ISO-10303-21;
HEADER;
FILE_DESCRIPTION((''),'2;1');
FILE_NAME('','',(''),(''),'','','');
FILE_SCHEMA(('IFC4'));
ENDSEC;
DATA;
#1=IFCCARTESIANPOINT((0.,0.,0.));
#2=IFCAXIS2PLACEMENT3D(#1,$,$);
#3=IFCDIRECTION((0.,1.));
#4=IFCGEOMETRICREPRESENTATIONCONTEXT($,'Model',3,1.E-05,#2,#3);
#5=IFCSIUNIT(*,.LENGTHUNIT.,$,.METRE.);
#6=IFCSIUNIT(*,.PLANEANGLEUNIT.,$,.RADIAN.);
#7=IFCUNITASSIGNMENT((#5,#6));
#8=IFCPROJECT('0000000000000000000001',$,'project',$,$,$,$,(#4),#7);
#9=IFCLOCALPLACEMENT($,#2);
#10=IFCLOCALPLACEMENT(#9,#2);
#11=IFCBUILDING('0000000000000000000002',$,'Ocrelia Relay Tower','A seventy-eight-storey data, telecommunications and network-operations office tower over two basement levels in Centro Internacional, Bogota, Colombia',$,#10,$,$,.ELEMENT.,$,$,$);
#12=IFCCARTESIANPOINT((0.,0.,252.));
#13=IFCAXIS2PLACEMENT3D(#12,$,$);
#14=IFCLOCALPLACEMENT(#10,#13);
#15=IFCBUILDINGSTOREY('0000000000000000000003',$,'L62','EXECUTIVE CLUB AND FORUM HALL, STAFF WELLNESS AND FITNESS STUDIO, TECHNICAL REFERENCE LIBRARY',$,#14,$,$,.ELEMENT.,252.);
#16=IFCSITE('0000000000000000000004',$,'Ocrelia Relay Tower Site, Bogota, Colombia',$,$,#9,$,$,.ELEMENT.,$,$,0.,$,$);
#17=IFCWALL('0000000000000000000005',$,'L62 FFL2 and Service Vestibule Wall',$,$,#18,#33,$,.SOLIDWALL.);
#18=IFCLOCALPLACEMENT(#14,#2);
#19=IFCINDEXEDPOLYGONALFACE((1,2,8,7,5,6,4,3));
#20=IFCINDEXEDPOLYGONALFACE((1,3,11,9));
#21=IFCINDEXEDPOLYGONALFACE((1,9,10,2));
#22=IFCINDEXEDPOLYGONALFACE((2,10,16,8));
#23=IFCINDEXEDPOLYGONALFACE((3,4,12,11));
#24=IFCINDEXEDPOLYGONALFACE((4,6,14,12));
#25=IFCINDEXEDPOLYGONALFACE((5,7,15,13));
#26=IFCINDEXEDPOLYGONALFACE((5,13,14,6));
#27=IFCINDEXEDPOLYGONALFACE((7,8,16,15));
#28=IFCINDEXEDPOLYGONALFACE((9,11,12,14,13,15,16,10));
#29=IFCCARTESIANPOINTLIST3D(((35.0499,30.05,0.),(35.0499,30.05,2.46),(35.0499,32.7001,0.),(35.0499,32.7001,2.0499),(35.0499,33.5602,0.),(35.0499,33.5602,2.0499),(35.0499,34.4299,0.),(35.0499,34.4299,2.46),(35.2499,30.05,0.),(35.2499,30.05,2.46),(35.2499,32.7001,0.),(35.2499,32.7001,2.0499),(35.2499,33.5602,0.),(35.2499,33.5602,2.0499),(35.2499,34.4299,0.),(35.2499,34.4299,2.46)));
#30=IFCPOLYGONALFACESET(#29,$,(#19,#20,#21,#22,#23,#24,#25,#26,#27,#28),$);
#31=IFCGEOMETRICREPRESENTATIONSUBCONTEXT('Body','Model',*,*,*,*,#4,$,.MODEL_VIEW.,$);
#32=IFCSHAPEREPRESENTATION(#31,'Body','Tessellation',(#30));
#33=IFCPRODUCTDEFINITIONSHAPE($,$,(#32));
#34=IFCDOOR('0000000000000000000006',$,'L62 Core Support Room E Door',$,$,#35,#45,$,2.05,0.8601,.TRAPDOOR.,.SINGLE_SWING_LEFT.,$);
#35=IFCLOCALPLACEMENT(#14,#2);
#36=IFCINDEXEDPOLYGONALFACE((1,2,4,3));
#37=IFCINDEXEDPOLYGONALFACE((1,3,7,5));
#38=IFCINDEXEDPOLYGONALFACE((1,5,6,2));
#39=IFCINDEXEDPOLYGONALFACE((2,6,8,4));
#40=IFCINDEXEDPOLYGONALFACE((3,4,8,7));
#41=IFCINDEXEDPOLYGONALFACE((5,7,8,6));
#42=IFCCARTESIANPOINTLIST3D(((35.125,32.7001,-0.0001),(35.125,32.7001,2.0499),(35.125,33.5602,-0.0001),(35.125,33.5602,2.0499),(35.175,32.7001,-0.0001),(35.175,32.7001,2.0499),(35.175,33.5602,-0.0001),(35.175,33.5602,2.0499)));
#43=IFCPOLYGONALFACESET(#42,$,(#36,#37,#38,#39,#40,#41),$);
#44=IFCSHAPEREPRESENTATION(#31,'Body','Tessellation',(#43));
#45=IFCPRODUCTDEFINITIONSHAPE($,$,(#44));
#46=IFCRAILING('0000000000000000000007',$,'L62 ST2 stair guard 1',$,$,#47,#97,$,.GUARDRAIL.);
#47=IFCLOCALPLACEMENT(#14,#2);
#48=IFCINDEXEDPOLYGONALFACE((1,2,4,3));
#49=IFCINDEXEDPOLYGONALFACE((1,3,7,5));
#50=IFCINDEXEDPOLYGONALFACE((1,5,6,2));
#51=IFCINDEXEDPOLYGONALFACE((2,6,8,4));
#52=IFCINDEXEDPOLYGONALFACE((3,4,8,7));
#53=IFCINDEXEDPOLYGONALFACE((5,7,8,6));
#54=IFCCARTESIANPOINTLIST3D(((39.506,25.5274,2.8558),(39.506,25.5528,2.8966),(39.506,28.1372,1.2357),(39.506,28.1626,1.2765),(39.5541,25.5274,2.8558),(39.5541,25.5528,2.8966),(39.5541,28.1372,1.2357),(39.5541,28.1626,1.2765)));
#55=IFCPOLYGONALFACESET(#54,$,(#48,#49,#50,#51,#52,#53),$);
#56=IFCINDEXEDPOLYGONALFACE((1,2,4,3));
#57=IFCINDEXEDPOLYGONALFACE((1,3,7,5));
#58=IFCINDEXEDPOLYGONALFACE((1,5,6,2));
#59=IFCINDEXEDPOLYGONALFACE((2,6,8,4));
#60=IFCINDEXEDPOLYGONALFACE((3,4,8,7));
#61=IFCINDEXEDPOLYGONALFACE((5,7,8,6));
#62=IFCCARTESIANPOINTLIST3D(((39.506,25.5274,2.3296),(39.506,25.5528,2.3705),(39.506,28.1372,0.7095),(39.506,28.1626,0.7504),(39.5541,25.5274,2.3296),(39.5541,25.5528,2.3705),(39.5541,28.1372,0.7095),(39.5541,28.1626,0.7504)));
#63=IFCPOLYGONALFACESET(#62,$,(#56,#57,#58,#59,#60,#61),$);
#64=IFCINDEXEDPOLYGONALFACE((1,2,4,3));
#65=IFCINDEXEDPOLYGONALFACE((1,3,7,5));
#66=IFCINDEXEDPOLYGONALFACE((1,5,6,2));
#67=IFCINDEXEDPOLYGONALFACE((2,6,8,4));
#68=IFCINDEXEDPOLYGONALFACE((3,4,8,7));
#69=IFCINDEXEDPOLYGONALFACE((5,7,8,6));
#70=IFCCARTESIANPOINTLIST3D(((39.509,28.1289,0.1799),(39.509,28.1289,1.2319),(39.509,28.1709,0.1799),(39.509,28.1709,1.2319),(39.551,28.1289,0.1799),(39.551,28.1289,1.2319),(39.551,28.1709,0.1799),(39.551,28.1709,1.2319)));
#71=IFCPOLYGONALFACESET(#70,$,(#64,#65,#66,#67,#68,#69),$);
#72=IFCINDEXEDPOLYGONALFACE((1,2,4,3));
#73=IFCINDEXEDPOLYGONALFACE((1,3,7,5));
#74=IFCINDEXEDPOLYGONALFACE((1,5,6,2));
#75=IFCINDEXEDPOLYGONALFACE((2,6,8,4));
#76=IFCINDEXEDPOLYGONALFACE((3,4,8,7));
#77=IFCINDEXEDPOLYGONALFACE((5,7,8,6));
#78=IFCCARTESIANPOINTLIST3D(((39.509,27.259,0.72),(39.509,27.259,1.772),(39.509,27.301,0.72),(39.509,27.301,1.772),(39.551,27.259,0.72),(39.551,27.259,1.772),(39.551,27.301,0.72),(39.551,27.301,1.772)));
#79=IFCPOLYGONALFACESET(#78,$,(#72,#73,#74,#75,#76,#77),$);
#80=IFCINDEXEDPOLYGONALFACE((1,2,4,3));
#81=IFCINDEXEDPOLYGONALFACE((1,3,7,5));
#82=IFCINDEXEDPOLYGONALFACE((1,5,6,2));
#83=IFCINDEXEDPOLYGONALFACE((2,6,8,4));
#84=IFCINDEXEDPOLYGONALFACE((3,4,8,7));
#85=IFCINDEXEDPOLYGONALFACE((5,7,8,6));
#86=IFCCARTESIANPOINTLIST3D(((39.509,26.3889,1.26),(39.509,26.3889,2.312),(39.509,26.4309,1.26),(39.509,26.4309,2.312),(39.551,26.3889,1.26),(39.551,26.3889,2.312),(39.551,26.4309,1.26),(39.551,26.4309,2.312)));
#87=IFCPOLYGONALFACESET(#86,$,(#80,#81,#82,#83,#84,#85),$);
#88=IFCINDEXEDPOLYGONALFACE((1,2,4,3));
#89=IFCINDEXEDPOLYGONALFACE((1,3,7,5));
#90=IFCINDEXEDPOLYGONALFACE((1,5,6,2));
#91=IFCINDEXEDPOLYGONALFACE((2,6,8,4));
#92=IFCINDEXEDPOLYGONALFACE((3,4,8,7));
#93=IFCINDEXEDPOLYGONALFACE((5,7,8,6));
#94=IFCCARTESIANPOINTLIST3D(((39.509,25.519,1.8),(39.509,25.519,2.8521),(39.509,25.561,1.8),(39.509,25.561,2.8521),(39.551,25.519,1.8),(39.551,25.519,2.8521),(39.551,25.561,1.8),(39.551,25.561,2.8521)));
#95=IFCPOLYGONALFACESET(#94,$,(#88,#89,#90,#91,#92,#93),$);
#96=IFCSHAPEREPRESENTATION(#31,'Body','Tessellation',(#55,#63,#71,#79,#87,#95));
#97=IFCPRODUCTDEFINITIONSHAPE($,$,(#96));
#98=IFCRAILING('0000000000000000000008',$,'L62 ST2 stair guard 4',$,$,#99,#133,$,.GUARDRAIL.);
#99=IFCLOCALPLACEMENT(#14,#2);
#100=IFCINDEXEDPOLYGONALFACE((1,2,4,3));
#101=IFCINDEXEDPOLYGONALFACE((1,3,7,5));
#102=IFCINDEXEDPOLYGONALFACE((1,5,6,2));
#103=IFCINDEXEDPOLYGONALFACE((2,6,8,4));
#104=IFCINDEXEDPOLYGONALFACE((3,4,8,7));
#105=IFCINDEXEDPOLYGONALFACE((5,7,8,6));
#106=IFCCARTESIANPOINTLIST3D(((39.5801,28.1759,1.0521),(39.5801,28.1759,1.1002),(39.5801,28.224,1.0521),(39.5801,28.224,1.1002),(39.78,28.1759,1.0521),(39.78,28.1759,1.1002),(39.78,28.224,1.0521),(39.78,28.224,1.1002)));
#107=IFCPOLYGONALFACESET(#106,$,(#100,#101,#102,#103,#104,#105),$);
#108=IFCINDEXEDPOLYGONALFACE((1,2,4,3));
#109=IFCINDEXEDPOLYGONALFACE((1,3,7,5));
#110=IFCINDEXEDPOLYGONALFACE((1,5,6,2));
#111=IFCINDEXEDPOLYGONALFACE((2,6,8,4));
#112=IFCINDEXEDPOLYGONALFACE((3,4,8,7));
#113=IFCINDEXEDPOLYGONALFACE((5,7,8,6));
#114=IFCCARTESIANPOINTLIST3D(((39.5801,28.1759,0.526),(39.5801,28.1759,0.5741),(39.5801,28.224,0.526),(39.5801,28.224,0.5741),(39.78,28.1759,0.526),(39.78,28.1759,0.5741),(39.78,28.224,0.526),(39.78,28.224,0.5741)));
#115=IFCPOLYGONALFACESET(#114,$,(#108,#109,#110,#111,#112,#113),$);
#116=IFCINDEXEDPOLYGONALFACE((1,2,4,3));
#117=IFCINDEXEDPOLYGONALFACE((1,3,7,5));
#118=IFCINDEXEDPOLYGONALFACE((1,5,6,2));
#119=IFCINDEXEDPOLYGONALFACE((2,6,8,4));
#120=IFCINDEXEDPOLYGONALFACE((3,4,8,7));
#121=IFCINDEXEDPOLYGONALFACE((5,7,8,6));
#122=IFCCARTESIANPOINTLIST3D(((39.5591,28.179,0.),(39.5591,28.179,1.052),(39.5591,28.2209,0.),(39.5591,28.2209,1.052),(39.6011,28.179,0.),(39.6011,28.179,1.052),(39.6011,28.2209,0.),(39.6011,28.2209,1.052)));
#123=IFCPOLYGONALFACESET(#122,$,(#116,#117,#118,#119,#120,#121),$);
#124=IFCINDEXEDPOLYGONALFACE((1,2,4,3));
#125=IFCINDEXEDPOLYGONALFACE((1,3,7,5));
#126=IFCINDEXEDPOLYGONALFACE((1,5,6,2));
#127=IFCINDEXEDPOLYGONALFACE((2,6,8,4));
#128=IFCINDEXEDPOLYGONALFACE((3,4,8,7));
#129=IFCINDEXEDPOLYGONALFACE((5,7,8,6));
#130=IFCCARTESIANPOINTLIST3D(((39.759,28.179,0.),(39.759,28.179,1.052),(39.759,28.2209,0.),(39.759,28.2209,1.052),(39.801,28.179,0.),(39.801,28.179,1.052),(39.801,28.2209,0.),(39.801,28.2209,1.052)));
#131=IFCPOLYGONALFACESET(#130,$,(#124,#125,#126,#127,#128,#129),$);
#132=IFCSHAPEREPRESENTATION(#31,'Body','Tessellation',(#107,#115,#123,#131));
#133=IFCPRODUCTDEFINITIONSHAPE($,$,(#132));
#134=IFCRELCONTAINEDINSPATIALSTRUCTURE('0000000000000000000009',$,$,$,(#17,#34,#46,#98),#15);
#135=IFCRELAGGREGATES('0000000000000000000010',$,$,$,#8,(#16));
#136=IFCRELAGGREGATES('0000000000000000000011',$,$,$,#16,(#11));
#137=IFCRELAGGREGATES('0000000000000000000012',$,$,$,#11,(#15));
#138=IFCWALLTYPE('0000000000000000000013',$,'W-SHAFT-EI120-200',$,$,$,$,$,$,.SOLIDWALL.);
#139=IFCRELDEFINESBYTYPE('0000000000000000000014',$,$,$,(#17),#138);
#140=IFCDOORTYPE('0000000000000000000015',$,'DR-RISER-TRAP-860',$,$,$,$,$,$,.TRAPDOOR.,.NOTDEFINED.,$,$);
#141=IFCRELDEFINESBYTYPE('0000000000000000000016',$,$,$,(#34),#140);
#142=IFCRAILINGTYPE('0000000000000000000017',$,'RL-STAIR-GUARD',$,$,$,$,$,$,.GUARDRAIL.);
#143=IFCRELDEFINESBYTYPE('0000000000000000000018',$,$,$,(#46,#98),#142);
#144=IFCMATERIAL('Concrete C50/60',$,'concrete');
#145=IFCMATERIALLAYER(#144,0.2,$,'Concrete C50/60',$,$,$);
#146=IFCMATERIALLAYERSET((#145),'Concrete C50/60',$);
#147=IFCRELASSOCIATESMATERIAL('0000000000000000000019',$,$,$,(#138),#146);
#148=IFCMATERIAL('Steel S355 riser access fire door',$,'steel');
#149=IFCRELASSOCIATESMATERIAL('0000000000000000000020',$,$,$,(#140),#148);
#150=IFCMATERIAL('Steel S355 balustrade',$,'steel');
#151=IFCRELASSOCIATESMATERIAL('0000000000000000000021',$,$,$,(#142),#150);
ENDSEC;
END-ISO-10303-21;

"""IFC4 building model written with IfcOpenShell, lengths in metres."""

from ifc_helpers import new_model, si_unit, direction, frame, frame_2d, origin, origin_2d, place, context, subcontext, project, spatial, rectangle, extrude, material, layer, layer_set, type_object, element, fill, save


model = new_model("IFC4")

# Units and contexts
model_context = context("Model", 3, precision=1e-05, world=origin(), true_north=direction((0.0, 1.0)))
body_context = subcontext(model_context, "Body", "Model", "MODEL_VIEW")
ifc_project = project(units=[si_unit("LENGTHUNIT", "METRE"), si_unit("PLANEANGLEUNIT", "RADIAN")], contexts=[model_context])

# Site, building, storey
site_placement = place(None, origin())
site = spatial("IfcSite", under=ifc_project, at=site_placement, Name="Ocrelia Relay Tower Site, Bogota, Colombia", CompositionType="ELEMENT", RefElevation=0.0)
building_placement = place(site_placement, origin())
building = spatial("IfcBuilding", under=site, at=building_placement, Name="Ocrelia Relay Tower", Description="A seventy-eight-storey data, telecommunications and network-operations office tower over two basement levels in Centro Internacional, Bogota, Colombia", CompositionType="ELEMENT")
storey_placement = place(building_placement, frame((0.0, 0.0, 252.0)))
storey = spatial("IfcBuildingStorey", under=building, at=storey_placement, Name="L62", Description="EXECUTIVE CLUB AND FORUM HALL, STAFF WELLNESS AND FITNESS STUDIO, TECHNICAL REFERENCE LIBRARY", CompositionType="ELEMENT", Elevation=252.0)

# Shared definitions
ifc_material_1 = material(Name="Concrete C50/60", Category="concrete")

# Shared definitions
ifc_layer_1 = layer(ifc_material_1, 0.2, Name="Concrete C50/60")
ifc_layer_set_1 = layer_set([ifc_layer_1], Name="Concrete C50/60")
wall_type_1 = type_object("IfcWallType", Name="W-SHAFT-EI120-200", PredefinedType="SOLIDWALL", material=ifc_layer_set_1)
ifc_material_2 = material(Name="Steel S355 riser access fire door", Category="steel")
door_type_1 = type_object("IfcDoorType", Name="DR-RISER-TRAP-860", OperationType="NOTDEFINED", PredefinedType="TRAPDOOR", material=ifc_material_2)

# Wall, opening, door
wall_1_placement = place(storey_placement, frame((35.1499, 30.05, 0.0), z_axis=(0.0, 0.0, 1.0), x_axis=(0.0, 1.0, 0.0)))
wall_1 = element("IfcWall", 1, at=wall_1_placement, inside=storey, type_object=wall_type_1, Name="L62 FFL2 and Service Vestibule Wall", PredefinedType="SOLIDWALL", context=body_context, shape_type="SweptSolid", body=[
    extrude(rectangle(XDim=4.3799, YDim=0.2, at=frame_2d((2.1899, 0.0))), origin(), (0.0, 0.0, 1.0), 2.46),
])
opening_1_placement = place(wall_1_placement, frame((2.6499, 0.0, 0.0)))
opening_1 = element("IfcOpeningElement", 2, at=opening_1_placement, cuts=wall_1, PredefinedType="OPENING", context=body_context, shape_type="SweptSolid", body=[
    extrude(rectangle(XDim=0.8601, YDim=2.05, at=frame_2d((0.4302, 1.0249))), frame((0.0, 0.1099, 0.0), z_axis=(0.0, -1.0, 0.0), x_axis=(1.0, 0.0, 0.0)), (0.0, 0.0, 1.0), 0.22),
])
door_1_placement = place(opening_1_placement, origin())
door_1 = element("IfcDoor", 3, at=door_1_placement, inside=storey, type_object=door_type_1, Name="L62 Core Support Room E Door", OperationType="SINGLE_SWING_LEFT", OverallHeight=2.05, OverallWidth=0.8601, PredefinedType="TRAPDOOR", context=body_context, shape_type="SweptSolid", body=[
    extrude(rectangle(XDim=0.8601, YDim=2.05, at=frame_2d((0.4302, 1.0249))), frame((0.0, 0.0249, 0.0), z_axis=(0.0, -1.0, 0.0), x_axis=(1.0, 0.0, 0.0)), (0.0, 0.0, 1.0), 0.05),
])
fill(opening_1, door_1)

# Railings
ifc_material_3 = material(Name="Steel S355 balustrade", Category="steel")
railing_type = type_object("IfcRailingType", Name="RL-STAIR-GUARD", PredefinedType="GUARDRAIL", material=ifc_material_3)
railing_1_placement = place(storey_placement, frame((39.53, 28.1499, 0.1799)))
element("IfcRailing", 4, at=railing_1_placement, inside=storey, type_object=railing_type, Name="L62 ST2 stair guard 1", PredefinedType="GUARDRAIL", context=body_context, shape_type="SweptSolid", body=[
    extrude(rectangle(XDim=0.0481, YDim=0.0481, at=origin_2d()), frame((0.0, 0.0, 1.0762), z_axis=(0.0, -0.849611, 0.52741), x_axis=(1.0, 0.0, 0.0)), (0.0, 0.0, 1.0), 3.0718),
    extrude(rectangle(XDim=0.0481, YDim=0.0481, at=origin_2d()), frame((0.0, 0.0, 0.55), z_axis=(0.0, -0.849611, 0.52741), x_axis=(1.0, 0.0, 0.0)), (0.0, 0.0, 1.0), 3.0718),
    extrude(rectangle(XDim=0.042, YDim=0.042, at=origin_2d()), origin(), (0.0, 0.0, 1.0), 1.052),
    extrude(rectangle(XDim=0.042, YDim=0.042, at=origin_2d()), frame((0.0, -0.8699, 0.54)), (0.0, 0.0, 1.0), 1.052),
    extrude(rectangle(XDim=0.042, YDim=0.042, at=origin_2d()), frame((0.0, -1.74, 1.0801)), (0.0, 0.0, 1.0), 1.052),
    extrude(rectangle(XDim=0.042, YDim=0.042, at=origin_2d()), frame((0.0, -2.6099, 1.6201)), (0.0, 0.0, 1.0), 1.052),
])
railing_2_placement = place(storey_placement, frame((39.5801, 28.2, 0.0)))
element("IfcRailing", 5, at=railing_2_placement, inside=storey, type_object=railing_type, Name="L62 ST2 stair guard 4", PredefinedType="GUARDRAIL", context=body_context, shape_type="SweptSolid", body=[
    extrude(rectangle(XDim=0.0481, YDim=0.0481, at=origin_2d()), frame((0.0, 0.0, 1.0762), z_axis=(1.0, 0.0, 0.0), x_axis=(0.0, 1.0, 0.0)), (0.0, 0.0, 1.0), 0.2),
    extrude(rectangle(XDim=0.0481, YDim=0.0481, at=origin_2d()), frame((0.0, 0.0, 0.55), z_axis=(1.0, 0.0, 0.0), x_axis=(0.0, 1.0, 0.0)), (0.0, 0.0, 1.0), 0.2),
    extrude(rectangle(XDim=0.042, YDim=0.042, at=origin_2d()), origin(), (0.0, 0.0, 1.0), 1.052),
    extrude(rectangle(XDim=0.042, YDim=0.042, at=origin_2d()), frame((0.2, 0.0, 0.0)), (0.0, 0.0, 1.0), 1.052),
])

save(model, "model.ifc")
